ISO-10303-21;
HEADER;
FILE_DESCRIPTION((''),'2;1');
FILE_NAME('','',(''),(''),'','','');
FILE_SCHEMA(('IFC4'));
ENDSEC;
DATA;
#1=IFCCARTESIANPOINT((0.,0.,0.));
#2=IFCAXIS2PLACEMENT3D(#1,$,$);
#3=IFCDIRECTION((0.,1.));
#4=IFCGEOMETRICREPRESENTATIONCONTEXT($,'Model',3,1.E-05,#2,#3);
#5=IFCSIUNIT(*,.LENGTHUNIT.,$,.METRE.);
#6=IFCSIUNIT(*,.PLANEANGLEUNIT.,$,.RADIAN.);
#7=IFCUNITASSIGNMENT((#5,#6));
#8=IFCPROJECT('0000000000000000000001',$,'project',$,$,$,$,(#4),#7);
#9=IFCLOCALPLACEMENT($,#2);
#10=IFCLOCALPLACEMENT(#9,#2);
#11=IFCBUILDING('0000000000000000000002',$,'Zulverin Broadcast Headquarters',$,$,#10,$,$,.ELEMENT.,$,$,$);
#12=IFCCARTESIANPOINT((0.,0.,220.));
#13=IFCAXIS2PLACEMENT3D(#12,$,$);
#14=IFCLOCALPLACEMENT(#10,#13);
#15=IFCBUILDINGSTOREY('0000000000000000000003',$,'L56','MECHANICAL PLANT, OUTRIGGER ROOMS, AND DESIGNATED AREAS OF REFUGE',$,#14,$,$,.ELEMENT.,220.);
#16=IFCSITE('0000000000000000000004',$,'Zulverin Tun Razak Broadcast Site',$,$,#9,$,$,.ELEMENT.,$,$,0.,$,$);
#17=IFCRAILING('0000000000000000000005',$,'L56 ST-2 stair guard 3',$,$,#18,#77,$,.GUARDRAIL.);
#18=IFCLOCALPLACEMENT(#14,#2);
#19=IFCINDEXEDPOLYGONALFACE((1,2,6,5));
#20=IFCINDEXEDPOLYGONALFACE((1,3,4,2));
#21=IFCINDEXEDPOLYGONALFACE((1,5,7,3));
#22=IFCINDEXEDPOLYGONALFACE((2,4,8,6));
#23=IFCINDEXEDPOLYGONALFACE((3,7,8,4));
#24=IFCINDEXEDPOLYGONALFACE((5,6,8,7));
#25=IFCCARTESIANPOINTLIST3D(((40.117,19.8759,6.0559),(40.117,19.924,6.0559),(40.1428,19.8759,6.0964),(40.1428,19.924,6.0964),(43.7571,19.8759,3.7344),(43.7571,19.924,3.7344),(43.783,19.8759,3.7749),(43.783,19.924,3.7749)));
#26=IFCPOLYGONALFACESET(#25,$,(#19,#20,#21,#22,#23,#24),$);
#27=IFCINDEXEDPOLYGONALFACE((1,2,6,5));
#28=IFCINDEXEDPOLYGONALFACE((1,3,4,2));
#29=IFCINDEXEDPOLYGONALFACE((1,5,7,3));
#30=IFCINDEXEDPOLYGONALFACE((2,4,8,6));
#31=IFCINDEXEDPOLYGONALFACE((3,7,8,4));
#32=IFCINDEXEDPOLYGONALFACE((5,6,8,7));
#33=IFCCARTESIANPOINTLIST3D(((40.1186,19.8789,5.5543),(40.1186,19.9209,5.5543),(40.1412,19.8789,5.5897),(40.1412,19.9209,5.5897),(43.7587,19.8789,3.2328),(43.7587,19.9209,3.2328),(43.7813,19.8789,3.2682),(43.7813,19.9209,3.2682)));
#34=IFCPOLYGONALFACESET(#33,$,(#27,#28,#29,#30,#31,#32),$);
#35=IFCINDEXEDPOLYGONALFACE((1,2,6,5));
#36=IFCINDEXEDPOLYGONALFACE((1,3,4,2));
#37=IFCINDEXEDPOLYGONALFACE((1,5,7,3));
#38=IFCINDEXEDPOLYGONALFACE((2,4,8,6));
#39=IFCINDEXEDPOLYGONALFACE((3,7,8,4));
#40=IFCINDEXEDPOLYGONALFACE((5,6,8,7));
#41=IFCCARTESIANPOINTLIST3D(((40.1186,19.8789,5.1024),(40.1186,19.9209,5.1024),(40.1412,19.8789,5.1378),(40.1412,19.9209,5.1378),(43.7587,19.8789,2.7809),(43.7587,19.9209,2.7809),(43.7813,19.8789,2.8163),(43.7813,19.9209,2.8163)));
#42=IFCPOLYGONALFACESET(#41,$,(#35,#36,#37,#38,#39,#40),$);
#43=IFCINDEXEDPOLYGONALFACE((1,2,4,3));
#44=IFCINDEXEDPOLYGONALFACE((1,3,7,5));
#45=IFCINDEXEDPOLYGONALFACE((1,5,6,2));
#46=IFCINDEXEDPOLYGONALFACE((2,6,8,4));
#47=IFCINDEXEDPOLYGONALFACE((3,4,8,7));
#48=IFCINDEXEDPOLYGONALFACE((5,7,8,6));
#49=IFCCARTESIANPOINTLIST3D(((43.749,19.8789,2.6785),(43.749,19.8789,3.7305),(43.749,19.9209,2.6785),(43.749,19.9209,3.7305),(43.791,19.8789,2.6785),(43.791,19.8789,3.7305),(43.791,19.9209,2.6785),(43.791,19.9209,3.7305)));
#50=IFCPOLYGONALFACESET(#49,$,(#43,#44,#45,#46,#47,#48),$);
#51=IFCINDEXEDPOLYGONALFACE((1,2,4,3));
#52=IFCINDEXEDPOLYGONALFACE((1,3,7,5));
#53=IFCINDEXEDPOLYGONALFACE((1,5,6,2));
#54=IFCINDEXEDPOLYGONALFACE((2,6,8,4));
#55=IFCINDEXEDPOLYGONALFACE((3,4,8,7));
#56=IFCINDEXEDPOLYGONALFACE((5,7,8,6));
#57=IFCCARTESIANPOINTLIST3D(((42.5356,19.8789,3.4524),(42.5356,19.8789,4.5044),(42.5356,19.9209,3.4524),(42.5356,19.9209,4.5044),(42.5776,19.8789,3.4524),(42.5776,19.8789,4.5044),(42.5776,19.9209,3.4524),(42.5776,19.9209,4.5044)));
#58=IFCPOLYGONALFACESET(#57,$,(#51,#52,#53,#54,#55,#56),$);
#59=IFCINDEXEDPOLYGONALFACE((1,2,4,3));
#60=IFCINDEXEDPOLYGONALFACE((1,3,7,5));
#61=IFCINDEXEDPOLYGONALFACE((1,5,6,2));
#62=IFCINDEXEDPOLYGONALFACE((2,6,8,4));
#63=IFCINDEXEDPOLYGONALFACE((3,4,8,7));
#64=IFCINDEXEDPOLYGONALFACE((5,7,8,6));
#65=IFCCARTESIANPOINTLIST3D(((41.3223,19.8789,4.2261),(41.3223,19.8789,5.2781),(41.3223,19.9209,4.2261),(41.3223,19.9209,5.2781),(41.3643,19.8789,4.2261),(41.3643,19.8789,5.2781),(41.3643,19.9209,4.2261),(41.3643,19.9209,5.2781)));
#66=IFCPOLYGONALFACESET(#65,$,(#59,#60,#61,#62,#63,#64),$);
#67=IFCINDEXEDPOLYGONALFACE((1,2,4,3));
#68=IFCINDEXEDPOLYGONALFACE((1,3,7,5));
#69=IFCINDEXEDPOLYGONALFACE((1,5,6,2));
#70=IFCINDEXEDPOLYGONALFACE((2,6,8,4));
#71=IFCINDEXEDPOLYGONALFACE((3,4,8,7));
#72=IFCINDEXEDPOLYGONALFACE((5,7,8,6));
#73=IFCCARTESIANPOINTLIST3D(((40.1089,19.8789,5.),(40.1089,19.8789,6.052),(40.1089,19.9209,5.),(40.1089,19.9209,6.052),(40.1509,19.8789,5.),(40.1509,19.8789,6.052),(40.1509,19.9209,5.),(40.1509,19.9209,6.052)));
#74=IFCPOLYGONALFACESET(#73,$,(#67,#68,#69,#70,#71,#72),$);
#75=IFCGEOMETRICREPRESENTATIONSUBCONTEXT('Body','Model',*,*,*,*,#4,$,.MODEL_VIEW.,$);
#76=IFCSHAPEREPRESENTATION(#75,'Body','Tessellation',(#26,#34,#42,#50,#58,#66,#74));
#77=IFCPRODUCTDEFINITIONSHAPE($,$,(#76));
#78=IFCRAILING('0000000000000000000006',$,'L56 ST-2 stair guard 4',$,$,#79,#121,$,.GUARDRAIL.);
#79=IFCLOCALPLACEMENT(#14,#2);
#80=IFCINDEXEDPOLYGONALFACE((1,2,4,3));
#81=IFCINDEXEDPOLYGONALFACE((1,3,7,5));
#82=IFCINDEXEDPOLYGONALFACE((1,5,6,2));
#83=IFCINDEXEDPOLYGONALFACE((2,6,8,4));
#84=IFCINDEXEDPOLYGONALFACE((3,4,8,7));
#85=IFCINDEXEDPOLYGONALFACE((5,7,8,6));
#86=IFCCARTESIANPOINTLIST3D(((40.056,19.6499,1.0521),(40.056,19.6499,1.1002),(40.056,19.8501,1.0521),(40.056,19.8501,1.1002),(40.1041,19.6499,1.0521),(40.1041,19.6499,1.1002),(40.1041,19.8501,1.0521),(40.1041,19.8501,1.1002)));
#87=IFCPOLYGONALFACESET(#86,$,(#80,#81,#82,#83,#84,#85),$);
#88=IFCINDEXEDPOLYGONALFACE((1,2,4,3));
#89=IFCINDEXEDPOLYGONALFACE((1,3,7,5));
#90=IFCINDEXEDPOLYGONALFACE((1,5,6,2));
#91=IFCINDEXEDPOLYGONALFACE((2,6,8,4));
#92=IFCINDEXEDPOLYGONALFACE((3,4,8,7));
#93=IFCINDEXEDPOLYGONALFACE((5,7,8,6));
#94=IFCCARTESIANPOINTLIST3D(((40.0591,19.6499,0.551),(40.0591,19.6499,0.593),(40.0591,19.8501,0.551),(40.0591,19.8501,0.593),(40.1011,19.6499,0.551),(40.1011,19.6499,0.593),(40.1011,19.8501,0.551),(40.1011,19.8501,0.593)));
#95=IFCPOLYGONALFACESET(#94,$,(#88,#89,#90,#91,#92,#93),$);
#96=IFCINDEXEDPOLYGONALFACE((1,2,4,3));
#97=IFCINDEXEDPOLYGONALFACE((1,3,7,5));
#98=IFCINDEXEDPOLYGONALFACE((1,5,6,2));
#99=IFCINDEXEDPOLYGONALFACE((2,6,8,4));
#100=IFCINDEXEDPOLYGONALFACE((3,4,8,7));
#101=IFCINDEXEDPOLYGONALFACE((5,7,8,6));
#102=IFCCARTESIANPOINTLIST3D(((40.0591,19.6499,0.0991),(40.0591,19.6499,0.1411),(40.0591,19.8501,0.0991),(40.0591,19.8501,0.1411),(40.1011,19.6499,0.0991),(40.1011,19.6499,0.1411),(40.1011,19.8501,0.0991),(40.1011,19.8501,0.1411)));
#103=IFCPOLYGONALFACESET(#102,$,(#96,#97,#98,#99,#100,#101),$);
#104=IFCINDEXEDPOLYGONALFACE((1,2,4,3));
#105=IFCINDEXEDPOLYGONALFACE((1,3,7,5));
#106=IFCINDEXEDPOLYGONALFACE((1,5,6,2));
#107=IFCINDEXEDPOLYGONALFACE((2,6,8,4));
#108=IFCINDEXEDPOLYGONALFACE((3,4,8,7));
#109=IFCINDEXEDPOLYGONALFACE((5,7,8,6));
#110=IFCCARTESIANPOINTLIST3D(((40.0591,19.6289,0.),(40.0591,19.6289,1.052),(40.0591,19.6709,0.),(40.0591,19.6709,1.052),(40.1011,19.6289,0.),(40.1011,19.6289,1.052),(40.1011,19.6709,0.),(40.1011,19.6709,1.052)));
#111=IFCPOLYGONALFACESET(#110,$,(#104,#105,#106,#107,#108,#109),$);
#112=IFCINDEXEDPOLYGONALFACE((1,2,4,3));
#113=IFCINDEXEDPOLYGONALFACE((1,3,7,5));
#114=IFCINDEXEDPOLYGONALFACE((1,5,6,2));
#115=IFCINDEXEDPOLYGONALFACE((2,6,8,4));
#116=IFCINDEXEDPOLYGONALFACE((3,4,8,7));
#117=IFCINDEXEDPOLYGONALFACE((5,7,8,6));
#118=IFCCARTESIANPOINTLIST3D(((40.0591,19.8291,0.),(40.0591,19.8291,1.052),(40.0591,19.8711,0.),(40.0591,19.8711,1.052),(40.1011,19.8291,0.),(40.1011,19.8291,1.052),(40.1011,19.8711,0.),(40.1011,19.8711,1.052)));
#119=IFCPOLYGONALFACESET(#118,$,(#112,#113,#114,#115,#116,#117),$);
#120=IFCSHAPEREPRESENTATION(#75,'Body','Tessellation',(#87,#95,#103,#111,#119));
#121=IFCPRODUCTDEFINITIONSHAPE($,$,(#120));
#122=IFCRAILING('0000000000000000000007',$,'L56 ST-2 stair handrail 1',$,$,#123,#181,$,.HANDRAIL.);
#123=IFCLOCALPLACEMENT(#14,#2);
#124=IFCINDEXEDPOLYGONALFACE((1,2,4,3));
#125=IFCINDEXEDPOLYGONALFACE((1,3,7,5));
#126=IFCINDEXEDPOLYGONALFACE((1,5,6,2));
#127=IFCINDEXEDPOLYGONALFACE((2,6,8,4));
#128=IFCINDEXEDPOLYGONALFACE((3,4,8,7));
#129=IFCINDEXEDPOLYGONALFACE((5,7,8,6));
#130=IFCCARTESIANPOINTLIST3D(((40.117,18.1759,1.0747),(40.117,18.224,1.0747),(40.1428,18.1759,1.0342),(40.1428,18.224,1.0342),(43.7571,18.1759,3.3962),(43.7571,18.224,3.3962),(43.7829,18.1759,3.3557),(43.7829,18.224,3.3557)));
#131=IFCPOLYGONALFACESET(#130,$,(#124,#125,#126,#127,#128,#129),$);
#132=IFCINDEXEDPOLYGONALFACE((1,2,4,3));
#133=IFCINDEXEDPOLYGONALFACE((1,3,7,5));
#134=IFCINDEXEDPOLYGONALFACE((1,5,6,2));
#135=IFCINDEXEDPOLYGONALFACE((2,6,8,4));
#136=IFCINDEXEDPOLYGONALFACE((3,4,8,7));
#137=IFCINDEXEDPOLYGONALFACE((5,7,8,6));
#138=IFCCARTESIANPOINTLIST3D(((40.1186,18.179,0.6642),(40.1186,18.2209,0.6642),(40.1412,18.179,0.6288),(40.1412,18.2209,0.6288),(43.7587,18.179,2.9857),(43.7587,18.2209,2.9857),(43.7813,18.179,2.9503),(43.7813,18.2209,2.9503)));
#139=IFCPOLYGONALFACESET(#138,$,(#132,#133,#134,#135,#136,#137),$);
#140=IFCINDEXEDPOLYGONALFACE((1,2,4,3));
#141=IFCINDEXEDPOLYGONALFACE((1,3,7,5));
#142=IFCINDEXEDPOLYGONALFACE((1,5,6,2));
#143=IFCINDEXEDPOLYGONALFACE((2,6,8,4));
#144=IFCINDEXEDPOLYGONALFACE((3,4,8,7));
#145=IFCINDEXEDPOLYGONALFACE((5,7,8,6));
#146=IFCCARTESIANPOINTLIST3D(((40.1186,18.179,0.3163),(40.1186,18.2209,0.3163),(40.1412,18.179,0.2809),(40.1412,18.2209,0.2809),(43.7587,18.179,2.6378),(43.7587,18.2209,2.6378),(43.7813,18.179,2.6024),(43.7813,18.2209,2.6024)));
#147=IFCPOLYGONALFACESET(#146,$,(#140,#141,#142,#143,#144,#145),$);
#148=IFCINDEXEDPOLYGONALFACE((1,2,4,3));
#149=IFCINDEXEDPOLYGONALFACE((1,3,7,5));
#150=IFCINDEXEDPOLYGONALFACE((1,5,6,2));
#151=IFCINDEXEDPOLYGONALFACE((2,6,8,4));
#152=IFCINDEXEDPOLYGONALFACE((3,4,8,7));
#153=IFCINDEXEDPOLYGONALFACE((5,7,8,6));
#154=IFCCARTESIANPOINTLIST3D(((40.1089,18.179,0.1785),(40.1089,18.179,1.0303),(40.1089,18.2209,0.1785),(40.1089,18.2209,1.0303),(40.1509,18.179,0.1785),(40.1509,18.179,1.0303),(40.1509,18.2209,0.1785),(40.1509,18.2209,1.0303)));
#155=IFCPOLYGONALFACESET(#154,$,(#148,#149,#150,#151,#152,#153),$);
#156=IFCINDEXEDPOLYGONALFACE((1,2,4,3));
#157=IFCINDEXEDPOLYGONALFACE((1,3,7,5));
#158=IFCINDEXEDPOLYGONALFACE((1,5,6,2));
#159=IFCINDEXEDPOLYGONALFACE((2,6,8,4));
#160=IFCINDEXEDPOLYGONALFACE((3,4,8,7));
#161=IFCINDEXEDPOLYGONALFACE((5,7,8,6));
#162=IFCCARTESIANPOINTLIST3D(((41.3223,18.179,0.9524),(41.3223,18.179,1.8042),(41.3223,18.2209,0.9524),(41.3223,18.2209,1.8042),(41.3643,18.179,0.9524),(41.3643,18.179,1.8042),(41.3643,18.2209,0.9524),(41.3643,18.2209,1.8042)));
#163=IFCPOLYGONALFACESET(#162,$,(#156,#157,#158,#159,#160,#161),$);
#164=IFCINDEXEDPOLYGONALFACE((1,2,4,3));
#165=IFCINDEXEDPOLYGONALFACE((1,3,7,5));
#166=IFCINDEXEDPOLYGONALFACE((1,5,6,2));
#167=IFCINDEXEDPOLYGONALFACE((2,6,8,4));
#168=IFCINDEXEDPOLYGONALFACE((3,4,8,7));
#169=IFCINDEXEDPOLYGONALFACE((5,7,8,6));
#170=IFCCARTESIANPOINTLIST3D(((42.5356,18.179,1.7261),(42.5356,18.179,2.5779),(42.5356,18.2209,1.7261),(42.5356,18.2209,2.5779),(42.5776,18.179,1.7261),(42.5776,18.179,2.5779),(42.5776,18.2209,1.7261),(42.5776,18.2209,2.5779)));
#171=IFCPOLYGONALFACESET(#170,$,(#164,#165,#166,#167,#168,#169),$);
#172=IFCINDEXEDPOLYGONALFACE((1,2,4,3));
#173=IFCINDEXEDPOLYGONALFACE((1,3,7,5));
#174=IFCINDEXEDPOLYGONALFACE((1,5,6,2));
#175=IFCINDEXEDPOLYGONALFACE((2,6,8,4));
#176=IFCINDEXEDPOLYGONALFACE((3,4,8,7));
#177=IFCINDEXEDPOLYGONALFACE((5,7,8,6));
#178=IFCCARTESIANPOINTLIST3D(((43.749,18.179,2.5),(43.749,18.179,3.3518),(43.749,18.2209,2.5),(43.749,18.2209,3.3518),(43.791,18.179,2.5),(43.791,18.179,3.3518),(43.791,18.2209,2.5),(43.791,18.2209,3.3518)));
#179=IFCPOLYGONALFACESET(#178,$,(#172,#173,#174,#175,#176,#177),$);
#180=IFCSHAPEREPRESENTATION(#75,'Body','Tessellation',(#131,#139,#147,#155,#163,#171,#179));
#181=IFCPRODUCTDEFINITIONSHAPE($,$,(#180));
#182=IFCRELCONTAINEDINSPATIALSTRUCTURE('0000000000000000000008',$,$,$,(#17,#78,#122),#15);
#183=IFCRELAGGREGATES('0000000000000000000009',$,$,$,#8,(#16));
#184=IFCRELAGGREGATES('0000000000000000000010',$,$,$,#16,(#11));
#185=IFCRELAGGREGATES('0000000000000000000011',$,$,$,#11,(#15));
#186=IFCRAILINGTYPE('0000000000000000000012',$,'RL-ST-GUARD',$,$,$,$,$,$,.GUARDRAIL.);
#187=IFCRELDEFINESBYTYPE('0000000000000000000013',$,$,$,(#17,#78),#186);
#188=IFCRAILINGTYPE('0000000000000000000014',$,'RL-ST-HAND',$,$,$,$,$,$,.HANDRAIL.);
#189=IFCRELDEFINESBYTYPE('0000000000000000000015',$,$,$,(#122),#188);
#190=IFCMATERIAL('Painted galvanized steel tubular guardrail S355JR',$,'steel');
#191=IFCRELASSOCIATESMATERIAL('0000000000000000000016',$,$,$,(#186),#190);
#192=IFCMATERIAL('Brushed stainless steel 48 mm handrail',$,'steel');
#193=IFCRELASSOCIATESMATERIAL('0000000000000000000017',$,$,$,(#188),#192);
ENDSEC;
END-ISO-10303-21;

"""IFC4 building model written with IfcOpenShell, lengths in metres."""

from ifc_helpers import new_model, si_unit, direction, frame, origin, origin_2d, place, context, subcontext, project, spatial, rectangle, extrude, material, type_object, element, save


model = new_model("IFC4")

# Units and contexts
model_context = context("Model", 3, precision=1e-05, world=origin(), true_north=direction((0.0, 1.0)))
body_context = subcontext(model_context, "Body", "Model", "MODEL_VIEW")
ifc_project = project(units=[si_unit("LENGTHUNIT", "METRE"), si_unit("PLANEANGLEUNIT", "RADIAN")], contexts=[model_context])

# Site, building, storey
site_placement = place(None, origin())
site = spatial("IfcSite", under=ifc_project, at=site_placement, Name="Zulverin Tun Razak Broadcast Site", CompositionType="ELEMENT", RefElevation=0.0)
building_placement = place(site_placement, origin())
building = spatial("IfcBuilding", under=site, at=building_placement, Name="Zulverin Broadcast Headquarters", CompositionType="ELEMENT")
storey_placement = place(building_placement, frame((0.0, 0.0, 220.0)))
storey = spatial("IfcBuildingStorey", under=building, at=storey_placement, Name="L56", Description="MECHANICAL PLANT, OUTRIGGER ROOMS, AND DESIGNATED AREAS OF REFUGE", CompositionType="ELEMENT", Elevation=220.0)

# Railings
ifc_material_1 = material(Name="Painted galvanized steel tubular guardrail S355JR", Category="steel")
railing_type_1 = type_object("IfcRailingType", Name="RL-ST-GUARD", PredefinedType="GUARDRAIL", material=ifc_material_1)
railing_1_placement = place(storey_placement, frame((43.77, 19.8999, 2.6785)))
element("IfcRailing", 1, at=railing_1_placement, inside=storey, type_object=railing_type_1, Name="L56 ST-2 stair guard 3", PredefinedType="GUARDRAIL", context=body_context, shape_type="SweptSolid", body=[
    extrude(rectangle(XDim=0.0481, YDim=0.0481, at=origin_2d()), frame((0.0, 0.0, 1.0762), z_axis=(-0.843128, 0.0, 0.537713), x_axis=(0.0, -1.0, 0.0)), (0.0, 0.0, 1.0), 4.3174),
    extrude(rectangle(XDim=0.042, YDim=0.042, at=origin_2d()), frame((0.0, 0.0, 0.572), z_axis=(-0.843128, 0.0, 0.537713), x_axis=(0.0, -1.0, 0.0)), (0.0, 0.0, 1.0), 4.3174),
    extrude(rectangle(XDim=0.042, YDim=0.042, at=origin_2d()), frame((0.0, 0.0, 0.1201), z_axis=(-0.843128, 0.0, 0.537713), x_axis=(0.0, -1.0, 0.0)), (0.0, 0.0, 1.0), 4.3174),
    extrude(rectangle(XDim=0.042, YDim=0.042, at=origin_2d()), origin(), (0.0, 0.0, 1.0), 1.052),
    extrude(rectangle(XDim=0.042, YDim=0.042, at=origin_2d()), frame((-1.2134, 0.0, 0.7739)), (0.0, 0.0, 1.0), 1.052),
    extrude(rectangle(XDim=0.042, YDim=0.042, at=origin_2d()), frame((-2.4268, 0.0, 1.5476)), (0.0, 0.0, 1.0), 1.052),
    extrude(rectangle(XDim=0.042, YDim=0.042, at=origin_2d()), frame((-3.6401, 0.0, 2.3215)), (0.0, 0.0, 1.0), 1.052),
])
railing_2_placement = place(storey_placement, frame((40.0801, 19.6499, 0.0)))
element("IfcRailing", 2, at=railing_2_placement, inside=storey, type_object=railing_type_1, Name="L56 ST-2 stair guard 4", PredefinedType="GUARDRAIL", context=body_context, shape_type="SweptSolid", body=[
    extrude(rectangle(XDim=0.0481, YDim=0.0481, at=origin_2d()), frame((0.0, 0.0, 1.0762), z_axis=(0.0, 1.0, 0.0), x_axis=(-1.0, 0.0, 0.0)), (0.0, 0.0, 1.0), 0.2002),
    extrude(rectangle(XDim=0.042, YDim=0.042, at=origin_2d()), frame((0.0, 0.0, 0.572), z_axis=(0.0, 1.0, 0.0), x_axis=(-1.0, 0.0, 0.0)), (0.0, 0.0, 1.0), 0.2002),
    extrude(rectangle(XDim=0.042, YDim=0.042, at=origin_2d()), frame((0.0, 0.0, 0.1201), z_axis=(0.0, 1.0, 0.0), x_axis=(-1.0, 0.0, 0.0)), (0.0, 0.0, 1.0), 0.2002),
    extrude(rectangle(XDim=0.042, YDim=0.042, at=origin_2d()), origin(), (0.0, 0.0, 1.0), 1.052),
    extrude(rectangle(XDim=0.042, YDim=0.042, at=origin_2d()), frame((0.0, 0.2002, 0.0)), (0.0, 0.0, 1.0), 1.052),
])
ifc_material_2 = material(Name="Brushed stainless steel 48 mm handrail", Category="steel")
railing_type_2 = type_object("IfcRailingType", Name="RL-ST-HAND", PredefinedType="HANDRAIL", material=ifc_material_2)
railing_3_placement = place(storey_placement, frame((40.1299, 18.2, 0.1785)))
element("IfcRailing", 3, at=railing_3_placement, inside=storey, type_object=railing_type_2, Name="L56 ST-2 stair handrail 1", PredefinedType="HANDRAIL", context=body_context, shape_type="SweptSolid", body=[
    extrude(rectangle(XDim=0.0481, YDim=0.0481, at=origin_2d()), frame((0.0, 0.0, 0.876), z_axis=(0.843128, 0.0, 0.537713), x_axis=(0.0, 1.0, 0.0)), (0.0, 0.0, 1.0), 4.3174),
    extrude(rectangle(XDim=0.042, YDim=0.042, at=origin_2d()), frame((0.0, 0.0, 0.468), z_axis=(0.843128, 0.0, 0.537713), x_axis=(0.0, 1.0, 0.0)), (0.0, 0.0, 1.0), 4.3174),
    extrude(rectangle(XDim=0.042, YDim=0.042, at=origin_2d()), frame((0.0, 0.0, 0.1201), z_axis=(0.843128, 0.0, 0.537713), x_axis=(0.0, 1.0, 0.0)), (0.0, 0.0, 1.0), 4.3174),
    extrude(rectangle(XDim=0.042, YDim=0.042, at=origin_2d()), origin(), (0.0, 0.0, 1.0), 0.8518),
    extrude(rectangle(XDim=0.042, YDim=0.042, at=origin_2d()), frame((1.2134, 0.0, 0.7739)), (0.0, 0.0, 1.0), 0.8518),
    extrude(rectangle(XDim=0.042, YDim=0.042, at=origin_2d()), frame((2.4268, 0.0, 1.5476)), (0.0, 0.0, 1.0), 0.8518),
    extrude(rectangle(XDim=0.042, YDim=0.042, at=origin_2d()), frame((3.6401, 0.0, 2.3215)), (0.0, 0.0, 1.0), 0.8518),
])

save(model, "model.ifc")
